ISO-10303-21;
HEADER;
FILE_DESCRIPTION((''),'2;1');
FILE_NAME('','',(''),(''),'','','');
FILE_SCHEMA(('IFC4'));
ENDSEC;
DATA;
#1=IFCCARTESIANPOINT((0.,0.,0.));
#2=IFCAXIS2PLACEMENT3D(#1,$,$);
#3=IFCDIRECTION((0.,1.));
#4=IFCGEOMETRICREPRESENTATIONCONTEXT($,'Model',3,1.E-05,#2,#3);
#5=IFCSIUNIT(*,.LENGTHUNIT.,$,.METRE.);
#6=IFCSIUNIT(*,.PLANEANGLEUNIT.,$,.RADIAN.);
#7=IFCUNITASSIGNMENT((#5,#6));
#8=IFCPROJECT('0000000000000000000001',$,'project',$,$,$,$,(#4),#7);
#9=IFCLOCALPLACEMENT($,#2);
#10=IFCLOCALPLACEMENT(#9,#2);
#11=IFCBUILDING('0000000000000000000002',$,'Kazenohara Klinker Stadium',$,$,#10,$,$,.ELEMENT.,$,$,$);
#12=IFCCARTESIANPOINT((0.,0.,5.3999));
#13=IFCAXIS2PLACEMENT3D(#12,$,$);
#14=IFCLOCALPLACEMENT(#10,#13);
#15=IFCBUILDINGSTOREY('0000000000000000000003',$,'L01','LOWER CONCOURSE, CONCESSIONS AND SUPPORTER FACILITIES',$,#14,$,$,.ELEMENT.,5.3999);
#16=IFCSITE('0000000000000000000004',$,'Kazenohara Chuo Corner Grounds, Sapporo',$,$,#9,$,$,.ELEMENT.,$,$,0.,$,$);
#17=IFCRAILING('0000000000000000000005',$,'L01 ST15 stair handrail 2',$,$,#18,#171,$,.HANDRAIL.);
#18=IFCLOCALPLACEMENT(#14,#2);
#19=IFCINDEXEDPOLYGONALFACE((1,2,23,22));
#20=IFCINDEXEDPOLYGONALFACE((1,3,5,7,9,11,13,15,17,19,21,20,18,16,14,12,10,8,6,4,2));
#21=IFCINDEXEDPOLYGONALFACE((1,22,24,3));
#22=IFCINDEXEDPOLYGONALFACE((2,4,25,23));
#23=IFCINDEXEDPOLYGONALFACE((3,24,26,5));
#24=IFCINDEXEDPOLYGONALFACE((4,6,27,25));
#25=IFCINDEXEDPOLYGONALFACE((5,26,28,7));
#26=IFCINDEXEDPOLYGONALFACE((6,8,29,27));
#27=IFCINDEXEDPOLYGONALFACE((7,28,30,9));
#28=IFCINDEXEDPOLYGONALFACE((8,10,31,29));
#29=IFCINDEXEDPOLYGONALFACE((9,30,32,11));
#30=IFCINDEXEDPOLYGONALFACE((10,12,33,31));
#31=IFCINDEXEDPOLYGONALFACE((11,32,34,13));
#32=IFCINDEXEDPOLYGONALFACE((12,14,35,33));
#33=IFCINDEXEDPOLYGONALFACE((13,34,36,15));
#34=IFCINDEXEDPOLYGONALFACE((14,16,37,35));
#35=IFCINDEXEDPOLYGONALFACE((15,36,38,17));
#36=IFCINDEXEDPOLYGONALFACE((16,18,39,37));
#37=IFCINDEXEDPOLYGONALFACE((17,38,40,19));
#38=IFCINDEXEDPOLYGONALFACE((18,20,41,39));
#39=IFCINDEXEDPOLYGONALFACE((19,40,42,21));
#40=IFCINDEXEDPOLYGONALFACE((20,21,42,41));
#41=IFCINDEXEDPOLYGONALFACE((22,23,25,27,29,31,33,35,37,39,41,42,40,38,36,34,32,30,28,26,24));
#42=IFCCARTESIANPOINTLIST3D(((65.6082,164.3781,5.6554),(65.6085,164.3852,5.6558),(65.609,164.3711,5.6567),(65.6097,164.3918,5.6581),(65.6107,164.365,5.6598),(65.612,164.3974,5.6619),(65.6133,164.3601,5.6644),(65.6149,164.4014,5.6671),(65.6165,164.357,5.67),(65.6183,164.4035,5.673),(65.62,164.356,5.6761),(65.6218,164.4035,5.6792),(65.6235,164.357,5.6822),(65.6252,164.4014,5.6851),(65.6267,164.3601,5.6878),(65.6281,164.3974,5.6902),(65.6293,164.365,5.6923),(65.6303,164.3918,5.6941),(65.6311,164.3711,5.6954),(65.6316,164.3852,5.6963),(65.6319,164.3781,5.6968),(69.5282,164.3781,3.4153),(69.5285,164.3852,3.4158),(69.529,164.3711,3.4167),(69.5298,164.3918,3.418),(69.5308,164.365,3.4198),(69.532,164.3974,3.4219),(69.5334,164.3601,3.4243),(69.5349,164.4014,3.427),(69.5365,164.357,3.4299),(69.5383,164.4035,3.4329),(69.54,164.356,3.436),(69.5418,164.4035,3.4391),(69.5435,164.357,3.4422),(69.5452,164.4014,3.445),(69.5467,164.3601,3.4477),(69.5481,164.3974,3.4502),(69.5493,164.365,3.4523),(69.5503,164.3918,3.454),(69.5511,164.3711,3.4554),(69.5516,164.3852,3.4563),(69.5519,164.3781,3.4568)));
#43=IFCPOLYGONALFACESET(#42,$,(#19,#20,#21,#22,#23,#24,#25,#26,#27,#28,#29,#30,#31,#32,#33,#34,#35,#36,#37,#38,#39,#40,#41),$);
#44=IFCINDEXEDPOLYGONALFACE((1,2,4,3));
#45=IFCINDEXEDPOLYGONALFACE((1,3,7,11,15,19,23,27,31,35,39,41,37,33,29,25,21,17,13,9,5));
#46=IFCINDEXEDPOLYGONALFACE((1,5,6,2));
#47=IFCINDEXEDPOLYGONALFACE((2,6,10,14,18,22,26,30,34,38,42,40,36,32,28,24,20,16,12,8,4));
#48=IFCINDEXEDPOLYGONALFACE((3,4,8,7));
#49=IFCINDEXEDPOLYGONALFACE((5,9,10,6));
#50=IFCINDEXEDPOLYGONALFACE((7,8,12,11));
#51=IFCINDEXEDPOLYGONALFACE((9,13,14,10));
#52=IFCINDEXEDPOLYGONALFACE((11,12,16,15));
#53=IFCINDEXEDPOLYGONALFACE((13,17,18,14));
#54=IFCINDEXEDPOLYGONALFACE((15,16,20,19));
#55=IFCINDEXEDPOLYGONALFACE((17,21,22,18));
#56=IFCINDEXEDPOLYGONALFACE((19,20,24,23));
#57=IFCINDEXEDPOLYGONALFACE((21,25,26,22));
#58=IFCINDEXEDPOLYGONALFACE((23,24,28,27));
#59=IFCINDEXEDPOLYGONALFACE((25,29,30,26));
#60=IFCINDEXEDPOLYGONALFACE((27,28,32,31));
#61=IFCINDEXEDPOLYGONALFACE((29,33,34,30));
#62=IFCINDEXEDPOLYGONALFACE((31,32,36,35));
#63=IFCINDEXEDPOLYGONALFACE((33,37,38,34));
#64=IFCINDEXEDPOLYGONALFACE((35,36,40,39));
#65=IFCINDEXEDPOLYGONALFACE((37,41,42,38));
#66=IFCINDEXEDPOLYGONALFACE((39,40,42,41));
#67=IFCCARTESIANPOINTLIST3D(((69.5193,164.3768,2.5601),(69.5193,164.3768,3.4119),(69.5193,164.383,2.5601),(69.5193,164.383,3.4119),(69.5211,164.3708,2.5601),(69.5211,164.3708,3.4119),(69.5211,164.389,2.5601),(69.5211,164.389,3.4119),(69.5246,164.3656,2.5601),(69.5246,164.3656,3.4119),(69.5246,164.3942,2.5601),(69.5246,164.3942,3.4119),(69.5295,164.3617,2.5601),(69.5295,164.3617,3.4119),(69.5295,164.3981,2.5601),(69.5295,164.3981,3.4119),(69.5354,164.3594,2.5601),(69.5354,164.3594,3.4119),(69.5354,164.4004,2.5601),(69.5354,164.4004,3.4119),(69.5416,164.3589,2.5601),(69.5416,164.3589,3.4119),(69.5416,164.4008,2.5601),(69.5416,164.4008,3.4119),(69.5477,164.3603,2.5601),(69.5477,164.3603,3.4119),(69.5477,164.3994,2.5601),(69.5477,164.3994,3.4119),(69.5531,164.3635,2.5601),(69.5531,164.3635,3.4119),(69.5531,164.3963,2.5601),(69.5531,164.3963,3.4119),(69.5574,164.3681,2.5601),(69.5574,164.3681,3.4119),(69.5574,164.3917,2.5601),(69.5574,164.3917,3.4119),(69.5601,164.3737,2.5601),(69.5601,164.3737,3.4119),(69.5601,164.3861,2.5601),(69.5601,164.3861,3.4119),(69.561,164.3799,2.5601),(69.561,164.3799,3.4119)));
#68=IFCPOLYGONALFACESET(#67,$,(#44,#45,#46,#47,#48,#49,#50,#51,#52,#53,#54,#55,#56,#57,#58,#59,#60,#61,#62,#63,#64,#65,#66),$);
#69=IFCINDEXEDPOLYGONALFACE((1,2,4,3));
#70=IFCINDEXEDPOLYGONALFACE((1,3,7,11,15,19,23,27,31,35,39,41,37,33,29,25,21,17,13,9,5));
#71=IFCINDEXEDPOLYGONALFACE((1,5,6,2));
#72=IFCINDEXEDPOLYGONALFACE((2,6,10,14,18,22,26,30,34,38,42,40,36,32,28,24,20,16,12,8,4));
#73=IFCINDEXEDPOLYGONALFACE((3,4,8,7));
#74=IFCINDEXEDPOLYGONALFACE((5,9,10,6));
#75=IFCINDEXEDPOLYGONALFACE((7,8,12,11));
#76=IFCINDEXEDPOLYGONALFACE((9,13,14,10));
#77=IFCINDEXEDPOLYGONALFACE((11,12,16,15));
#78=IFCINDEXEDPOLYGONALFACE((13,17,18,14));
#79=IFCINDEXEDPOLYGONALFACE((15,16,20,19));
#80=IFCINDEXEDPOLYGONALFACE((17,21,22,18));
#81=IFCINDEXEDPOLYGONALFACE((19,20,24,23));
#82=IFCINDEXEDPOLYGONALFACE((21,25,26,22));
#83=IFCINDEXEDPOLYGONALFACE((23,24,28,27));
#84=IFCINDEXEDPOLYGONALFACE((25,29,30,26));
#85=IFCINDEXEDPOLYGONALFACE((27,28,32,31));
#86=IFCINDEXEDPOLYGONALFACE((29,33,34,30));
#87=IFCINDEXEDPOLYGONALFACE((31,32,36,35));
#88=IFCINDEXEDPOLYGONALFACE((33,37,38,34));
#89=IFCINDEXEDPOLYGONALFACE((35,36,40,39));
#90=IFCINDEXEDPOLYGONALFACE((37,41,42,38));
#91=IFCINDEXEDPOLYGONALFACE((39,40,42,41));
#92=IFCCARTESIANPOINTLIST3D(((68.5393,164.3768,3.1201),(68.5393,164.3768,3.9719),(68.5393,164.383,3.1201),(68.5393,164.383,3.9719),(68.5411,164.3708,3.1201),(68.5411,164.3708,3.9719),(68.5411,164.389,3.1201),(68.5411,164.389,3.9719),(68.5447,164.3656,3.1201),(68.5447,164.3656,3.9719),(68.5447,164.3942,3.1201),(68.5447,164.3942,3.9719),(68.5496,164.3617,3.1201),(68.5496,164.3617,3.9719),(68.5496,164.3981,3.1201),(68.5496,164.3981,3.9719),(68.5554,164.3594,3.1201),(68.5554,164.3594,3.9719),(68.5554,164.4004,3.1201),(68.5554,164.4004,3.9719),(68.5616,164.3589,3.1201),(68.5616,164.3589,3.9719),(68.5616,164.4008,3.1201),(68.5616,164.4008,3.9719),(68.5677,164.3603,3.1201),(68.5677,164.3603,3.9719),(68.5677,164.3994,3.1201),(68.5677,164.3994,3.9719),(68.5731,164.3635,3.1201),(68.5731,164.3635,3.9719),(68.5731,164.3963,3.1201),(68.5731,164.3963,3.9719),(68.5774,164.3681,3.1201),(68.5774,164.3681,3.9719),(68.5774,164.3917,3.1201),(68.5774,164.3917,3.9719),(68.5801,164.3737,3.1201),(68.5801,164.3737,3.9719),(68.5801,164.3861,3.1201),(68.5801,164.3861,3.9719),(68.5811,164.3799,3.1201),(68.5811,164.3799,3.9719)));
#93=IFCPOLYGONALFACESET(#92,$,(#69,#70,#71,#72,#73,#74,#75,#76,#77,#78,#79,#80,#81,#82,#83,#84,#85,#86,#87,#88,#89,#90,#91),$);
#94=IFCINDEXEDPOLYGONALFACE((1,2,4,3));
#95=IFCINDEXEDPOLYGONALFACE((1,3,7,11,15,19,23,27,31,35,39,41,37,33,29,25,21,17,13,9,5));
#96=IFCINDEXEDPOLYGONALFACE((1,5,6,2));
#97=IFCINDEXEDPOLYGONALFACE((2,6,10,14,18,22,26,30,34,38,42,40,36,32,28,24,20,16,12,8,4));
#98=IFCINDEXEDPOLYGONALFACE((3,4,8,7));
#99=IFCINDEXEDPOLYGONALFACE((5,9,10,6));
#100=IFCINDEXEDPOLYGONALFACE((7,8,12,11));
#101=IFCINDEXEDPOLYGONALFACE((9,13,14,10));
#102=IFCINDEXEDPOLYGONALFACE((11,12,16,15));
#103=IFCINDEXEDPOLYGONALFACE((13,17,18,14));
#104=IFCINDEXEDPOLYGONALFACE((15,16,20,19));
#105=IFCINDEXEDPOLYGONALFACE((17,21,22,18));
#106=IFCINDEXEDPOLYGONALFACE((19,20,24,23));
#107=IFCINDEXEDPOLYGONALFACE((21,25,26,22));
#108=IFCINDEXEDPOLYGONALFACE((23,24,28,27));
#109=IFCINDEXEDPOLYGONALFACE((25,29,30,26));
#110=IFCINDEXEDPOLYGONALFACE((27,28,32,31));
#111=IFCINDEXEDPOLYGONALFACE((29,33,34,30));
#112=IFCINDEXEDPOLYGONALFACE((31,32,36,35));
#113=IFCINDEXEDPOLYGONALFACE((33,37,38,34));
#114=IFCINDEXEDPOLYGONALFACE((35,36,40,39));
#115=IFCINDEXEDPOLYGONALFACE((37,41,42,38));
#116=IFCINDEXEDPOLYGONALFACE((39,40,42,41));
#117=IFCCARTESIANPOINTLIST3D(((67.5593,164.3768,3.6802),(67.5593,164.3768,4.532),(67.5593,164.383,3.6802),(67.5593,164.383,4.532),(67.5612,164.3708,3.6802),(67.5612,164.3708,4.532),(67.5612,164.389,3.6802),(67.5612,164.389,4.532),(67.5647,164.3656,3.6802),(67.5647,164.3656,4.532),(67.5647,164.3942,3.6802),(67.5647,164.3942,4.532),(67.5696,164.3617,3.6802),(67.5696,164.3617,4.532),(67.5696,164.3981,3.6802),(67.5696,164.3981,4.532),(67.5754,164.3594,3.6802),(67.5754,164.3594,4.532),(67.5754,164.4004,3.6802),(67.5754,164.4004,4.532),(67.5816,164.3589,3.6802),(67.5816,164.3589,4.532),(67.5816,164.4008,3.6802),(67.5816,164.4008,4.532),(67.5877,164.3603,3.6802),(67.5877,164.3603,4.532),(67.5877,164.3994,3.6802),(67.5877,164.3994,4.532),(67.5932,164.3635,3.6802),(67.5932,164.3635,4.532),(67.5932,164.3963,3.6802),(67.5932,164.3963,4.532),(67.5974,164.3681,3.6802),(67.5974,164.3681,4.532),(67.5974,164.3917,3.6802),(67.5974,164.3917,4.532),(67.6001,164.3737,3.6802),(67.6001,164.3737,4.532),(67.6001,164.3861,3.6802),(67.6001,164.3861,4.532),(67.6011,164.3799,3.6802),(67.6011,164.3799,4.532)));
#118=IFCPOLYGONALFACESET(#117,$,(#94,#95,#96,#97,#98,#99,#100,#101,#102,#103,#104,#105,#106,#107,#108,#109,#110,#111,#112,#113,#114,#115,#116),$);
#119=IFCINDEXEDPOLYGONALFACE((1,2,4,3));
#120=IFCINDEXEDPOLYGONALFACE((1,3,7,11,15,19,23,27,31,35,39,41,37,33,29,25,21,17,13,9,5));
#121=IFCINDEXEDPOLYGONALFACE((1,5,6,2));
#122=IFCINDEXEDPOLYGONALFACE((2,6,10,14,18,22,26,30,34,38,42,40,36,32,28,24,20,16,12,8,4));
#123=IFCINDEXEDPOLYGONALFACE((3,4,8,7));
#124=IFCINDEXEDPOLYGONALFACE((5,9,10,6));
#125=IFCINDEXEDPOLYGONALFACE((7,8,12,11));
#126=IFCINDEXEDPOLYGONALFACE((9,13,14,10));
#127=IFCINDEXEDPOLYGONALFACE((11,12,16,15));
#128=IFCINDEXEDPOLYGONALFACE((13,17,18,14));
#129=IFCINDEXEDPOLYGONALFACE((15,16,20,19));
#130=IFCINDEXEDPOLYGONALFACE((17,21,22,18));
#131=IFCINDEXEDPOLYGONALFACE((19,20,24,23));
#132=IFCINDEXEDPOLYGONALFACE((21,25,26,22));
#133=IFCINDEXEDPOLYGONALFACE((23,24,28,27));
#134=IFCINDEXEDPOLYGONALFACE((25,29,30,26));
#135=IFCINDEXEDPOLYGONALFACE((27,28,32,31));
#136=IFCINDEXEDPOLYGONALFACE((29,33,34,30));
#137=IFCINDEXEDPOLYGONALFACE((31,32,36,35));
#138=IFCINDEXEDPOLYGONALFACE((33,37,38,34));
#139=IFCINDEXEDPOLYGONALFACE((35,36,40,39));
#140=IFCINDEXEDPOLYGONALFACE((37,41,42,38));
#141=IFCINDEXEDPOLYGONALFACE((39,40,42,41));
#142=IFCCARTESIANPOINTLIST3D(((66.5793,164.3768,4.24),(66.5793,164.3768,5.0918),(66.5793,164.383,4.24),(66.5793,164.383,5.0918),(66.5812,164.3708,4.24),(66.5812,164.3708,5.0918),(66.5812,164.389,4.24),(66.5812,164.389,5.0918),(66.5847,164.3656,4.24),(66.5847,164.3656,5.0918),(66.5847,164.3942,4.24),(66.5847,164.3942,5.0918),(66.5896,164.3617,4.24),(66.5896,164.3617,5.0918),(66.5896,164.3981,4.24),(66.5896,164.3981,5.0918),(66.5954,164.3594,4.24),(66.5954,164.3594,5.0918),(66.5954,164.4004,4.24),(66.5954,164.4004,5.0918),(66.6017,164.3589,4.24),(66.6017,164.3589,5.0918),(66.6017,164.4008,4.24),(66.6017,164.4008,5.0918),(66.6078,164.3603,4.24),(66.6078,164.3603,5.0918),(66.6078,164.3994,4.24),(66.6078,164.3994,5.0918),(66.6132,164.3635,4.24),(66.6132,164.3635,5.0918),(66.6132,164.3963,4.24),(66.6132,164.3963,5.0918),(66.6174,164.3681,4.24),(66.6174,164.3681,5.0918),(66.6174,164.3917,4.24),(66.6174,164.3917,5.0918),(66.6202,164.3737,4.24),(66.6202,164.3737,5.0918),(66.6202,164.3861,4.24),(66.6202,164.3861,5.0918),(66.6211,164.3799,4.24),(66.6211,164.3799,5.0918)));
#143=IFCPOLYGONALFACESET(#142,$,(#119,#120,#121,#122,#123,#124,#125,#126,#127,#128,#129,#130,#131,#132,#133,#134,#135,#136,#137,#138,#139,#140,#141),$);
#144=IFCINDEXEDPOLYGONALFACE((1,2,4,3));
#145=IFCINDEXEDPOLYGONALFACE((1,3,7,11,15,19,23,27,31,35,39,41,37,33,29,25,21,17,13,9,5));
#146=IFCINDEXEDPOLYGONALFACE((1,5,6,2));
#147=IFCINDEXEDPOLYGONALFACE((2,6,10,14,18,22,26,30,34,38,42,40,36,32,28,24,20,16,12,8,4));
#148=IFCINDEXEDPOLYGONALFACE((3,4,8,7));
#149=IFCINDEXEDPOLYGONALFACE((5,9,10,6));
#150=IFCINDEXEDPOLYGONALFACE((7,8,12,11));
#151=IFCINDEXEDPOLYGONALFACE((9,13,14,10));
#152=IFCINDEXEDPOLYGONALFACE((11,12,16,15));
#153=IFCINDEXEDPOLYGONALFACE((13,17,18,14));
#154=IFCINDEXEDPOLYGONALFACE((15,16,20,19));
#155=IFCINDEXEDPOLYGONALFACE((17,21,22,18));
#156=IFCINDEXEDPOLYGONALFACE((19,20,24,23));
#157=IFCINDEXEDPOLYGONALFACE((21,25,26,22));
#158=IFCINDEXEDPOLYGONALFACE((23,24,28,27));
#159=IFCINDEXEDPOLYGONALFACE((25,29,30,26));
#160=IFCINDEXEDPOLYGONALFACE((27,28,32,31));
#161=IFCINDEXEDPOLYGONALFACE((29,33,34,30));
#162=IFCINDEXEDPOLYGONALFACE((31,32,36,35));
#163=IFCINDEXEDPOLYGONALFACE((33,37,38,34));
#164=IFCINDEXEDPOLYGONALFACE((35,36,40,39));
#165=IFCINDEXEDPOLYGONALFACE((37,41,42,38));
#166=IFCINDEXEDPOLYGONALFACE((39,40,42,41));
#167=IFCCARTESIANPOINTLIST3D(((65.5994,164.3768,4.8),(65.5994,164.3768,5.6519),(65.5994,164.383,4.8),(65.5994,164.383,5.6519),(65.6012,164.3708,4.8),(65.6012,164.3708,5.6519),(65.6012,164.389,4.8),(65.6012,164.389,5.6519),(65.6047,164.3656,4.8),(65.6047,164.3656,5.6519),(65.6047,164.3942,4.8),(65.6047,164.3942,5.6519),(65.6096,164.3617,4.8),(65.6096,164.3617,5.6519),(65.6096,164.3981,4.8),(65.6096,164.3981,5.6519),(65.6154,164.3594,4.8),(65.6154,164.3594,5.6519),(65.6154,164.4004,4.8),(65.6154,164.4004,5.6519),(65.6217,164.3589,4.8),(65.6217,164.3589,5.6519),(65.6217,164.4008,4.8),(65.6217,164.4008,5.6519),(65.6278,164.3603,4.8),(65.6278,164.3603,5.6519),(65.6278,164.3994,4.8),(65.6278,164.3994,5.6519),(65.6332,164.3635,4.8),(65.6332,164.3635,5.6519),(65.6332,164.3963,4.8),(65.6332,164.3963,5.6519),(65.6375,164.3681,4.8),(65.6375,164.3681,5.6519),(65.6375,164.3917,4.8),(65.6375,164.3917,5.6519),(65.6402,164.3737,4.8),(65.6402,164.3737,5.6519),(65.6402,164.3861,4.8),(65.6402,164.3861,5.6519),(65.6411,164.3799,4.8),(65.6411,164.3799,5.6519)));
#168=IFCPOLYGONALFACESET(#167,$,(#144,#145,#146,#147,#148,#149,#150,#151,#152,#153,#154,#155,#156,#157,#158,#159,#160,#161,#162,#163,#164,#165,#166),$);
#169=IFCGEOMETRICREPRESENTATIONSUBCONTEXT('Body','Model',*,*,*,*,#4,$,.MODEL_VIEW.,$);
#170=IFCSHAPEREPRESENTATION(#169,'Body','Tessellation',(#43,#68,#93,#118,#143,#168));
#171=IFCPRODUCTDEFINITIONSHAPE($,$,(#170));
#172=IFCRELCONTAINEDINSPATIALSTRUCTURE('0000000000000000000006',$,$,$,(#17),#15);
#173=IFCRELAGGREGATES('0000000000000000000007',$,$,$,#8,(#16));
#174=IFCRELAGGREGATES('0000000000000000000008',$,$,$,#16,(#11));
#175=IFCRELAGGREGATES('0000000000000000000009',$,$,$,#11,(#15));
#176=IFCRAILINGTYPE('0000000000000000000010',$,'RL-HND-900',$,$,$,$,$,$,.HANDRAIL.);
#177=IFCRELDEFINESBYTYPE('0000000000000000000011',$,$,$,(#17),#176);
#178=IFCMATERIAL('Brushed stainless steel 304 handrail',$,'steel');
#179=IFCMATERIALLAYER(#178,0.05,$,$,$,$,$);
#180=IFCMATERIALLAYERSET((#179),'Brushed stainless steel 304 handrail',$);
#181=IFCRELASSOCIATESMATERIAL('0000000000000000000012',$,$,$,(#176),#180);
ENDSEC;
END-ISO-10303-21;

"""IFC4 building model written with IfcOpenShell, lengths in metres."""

from ifc_helpers import new_model, si_unit, direction, frame, origin, origin_2d, place, context, subcontext, project, spatial, circle, extrude, material, layer, layer_set, type_object, element, save


model = new_model("IFC4")

# Units and contexts
model_context = context("Model", 3, precision=1e-05, world=origin(), true_north=direction((0.0, 1.0)))
body_context = subcontext(model_context, "Body", "Model", "MODEL_VIEW")
ifc_project = project(units=[si_unit("LENGTHUNIT", "METRE"), si_unit("PLANEANGLEUNIT", "RADIAN")], contexts=[model_context])

# Site, building, storey
site_placement = place(None, origin())
site = spatial("IfcSite", under=ifc_project, at=site_placement, Name="Kazenohara Chuo Corner Grounds, Sapporo", CompositionType="ELEMENT", RefElevation=0.0)
building_placement = place(site_placement, origin())
building = spatial("IfcBuilding", under=site, at=building_placement, Name="Kazenohara Klinker Stadium", CompositionType="ELEMENT")
storey_placement = place(building_placement, frame((0.0, 0.0, 5.3999)))
storey = spatial("IfcBuildingStorey", under=building, at=storey_placement, Name="L01", Description="LOWER CONCOURSE, CONCESSIONS AND SUPPORTER FACILITIES", CompositionType="ELEMENT", Elevation=5.3999)

# Railing
ifc_material_1 = material(Name="Brushed stainless steel 304 handrail", Category="steel")
ifc_layer_1 = layer(ifc_material_1, 0.05)
ifc_layer_set_1 = layer_set([ifc_layer_1], Name="Brushed stainless steel 304 handrail")
railing_type_1 = type_object("IfcRailingType", Name="RL-HND-900", PredefinedType="HANDRAIL", material=ifc_layer_set_1)
railing_1_placement = place(storey_placement, frame((69.54, 164.3799, 2.5601)))
element("IfcRailing", 1, at=railing_1_placement, inside=storey, type_object=railing_type_1, Name="L01 ST15 stair handrail 2", PredefinedType="HANDRAIL", context=body_context, shape_type="SweptSolid", body=[
    extrude(circle(Radius=0.0239, at=origin_2d()), frame((0.0, 0.0, 0.876), z_axis=(-0.86824, 0.0, 0.496145), x_axis=(0.0, -1.0, 0.0)), (0.0, 0.0, 1.0), 4.5149),
    extrude(circle(Radius=0.021, at=origin_2d()), origin(), (0.0, 0.0, 1.0), 0.8518),
    extrude(circle(Radius=0.021, at=origin_2d()), frame((-0.98, 0.0, 0.5601)), (0.0, 0.0, 1.0), 0.8518),
    extrude(circle(Radius=0.021, at=origin_2d()), frame((-1.96, 0.0, 1.1201)), (0.0, 0.0, 1.0), 0.8518),
    extrude(circle(Radius=0.021, at=origin_2d()), frame((-2.9399, 0.0, 1.6799)), (0.0, 0.0, 1.0), 0.8518),
    extrude(circle(Radius=0.021, at=origin_2d()), frame((-3.9199, 0.0, 2.24)), (0.0, 0.0, 1.0), 0.8518),
])

save(model, "model.ifc")
